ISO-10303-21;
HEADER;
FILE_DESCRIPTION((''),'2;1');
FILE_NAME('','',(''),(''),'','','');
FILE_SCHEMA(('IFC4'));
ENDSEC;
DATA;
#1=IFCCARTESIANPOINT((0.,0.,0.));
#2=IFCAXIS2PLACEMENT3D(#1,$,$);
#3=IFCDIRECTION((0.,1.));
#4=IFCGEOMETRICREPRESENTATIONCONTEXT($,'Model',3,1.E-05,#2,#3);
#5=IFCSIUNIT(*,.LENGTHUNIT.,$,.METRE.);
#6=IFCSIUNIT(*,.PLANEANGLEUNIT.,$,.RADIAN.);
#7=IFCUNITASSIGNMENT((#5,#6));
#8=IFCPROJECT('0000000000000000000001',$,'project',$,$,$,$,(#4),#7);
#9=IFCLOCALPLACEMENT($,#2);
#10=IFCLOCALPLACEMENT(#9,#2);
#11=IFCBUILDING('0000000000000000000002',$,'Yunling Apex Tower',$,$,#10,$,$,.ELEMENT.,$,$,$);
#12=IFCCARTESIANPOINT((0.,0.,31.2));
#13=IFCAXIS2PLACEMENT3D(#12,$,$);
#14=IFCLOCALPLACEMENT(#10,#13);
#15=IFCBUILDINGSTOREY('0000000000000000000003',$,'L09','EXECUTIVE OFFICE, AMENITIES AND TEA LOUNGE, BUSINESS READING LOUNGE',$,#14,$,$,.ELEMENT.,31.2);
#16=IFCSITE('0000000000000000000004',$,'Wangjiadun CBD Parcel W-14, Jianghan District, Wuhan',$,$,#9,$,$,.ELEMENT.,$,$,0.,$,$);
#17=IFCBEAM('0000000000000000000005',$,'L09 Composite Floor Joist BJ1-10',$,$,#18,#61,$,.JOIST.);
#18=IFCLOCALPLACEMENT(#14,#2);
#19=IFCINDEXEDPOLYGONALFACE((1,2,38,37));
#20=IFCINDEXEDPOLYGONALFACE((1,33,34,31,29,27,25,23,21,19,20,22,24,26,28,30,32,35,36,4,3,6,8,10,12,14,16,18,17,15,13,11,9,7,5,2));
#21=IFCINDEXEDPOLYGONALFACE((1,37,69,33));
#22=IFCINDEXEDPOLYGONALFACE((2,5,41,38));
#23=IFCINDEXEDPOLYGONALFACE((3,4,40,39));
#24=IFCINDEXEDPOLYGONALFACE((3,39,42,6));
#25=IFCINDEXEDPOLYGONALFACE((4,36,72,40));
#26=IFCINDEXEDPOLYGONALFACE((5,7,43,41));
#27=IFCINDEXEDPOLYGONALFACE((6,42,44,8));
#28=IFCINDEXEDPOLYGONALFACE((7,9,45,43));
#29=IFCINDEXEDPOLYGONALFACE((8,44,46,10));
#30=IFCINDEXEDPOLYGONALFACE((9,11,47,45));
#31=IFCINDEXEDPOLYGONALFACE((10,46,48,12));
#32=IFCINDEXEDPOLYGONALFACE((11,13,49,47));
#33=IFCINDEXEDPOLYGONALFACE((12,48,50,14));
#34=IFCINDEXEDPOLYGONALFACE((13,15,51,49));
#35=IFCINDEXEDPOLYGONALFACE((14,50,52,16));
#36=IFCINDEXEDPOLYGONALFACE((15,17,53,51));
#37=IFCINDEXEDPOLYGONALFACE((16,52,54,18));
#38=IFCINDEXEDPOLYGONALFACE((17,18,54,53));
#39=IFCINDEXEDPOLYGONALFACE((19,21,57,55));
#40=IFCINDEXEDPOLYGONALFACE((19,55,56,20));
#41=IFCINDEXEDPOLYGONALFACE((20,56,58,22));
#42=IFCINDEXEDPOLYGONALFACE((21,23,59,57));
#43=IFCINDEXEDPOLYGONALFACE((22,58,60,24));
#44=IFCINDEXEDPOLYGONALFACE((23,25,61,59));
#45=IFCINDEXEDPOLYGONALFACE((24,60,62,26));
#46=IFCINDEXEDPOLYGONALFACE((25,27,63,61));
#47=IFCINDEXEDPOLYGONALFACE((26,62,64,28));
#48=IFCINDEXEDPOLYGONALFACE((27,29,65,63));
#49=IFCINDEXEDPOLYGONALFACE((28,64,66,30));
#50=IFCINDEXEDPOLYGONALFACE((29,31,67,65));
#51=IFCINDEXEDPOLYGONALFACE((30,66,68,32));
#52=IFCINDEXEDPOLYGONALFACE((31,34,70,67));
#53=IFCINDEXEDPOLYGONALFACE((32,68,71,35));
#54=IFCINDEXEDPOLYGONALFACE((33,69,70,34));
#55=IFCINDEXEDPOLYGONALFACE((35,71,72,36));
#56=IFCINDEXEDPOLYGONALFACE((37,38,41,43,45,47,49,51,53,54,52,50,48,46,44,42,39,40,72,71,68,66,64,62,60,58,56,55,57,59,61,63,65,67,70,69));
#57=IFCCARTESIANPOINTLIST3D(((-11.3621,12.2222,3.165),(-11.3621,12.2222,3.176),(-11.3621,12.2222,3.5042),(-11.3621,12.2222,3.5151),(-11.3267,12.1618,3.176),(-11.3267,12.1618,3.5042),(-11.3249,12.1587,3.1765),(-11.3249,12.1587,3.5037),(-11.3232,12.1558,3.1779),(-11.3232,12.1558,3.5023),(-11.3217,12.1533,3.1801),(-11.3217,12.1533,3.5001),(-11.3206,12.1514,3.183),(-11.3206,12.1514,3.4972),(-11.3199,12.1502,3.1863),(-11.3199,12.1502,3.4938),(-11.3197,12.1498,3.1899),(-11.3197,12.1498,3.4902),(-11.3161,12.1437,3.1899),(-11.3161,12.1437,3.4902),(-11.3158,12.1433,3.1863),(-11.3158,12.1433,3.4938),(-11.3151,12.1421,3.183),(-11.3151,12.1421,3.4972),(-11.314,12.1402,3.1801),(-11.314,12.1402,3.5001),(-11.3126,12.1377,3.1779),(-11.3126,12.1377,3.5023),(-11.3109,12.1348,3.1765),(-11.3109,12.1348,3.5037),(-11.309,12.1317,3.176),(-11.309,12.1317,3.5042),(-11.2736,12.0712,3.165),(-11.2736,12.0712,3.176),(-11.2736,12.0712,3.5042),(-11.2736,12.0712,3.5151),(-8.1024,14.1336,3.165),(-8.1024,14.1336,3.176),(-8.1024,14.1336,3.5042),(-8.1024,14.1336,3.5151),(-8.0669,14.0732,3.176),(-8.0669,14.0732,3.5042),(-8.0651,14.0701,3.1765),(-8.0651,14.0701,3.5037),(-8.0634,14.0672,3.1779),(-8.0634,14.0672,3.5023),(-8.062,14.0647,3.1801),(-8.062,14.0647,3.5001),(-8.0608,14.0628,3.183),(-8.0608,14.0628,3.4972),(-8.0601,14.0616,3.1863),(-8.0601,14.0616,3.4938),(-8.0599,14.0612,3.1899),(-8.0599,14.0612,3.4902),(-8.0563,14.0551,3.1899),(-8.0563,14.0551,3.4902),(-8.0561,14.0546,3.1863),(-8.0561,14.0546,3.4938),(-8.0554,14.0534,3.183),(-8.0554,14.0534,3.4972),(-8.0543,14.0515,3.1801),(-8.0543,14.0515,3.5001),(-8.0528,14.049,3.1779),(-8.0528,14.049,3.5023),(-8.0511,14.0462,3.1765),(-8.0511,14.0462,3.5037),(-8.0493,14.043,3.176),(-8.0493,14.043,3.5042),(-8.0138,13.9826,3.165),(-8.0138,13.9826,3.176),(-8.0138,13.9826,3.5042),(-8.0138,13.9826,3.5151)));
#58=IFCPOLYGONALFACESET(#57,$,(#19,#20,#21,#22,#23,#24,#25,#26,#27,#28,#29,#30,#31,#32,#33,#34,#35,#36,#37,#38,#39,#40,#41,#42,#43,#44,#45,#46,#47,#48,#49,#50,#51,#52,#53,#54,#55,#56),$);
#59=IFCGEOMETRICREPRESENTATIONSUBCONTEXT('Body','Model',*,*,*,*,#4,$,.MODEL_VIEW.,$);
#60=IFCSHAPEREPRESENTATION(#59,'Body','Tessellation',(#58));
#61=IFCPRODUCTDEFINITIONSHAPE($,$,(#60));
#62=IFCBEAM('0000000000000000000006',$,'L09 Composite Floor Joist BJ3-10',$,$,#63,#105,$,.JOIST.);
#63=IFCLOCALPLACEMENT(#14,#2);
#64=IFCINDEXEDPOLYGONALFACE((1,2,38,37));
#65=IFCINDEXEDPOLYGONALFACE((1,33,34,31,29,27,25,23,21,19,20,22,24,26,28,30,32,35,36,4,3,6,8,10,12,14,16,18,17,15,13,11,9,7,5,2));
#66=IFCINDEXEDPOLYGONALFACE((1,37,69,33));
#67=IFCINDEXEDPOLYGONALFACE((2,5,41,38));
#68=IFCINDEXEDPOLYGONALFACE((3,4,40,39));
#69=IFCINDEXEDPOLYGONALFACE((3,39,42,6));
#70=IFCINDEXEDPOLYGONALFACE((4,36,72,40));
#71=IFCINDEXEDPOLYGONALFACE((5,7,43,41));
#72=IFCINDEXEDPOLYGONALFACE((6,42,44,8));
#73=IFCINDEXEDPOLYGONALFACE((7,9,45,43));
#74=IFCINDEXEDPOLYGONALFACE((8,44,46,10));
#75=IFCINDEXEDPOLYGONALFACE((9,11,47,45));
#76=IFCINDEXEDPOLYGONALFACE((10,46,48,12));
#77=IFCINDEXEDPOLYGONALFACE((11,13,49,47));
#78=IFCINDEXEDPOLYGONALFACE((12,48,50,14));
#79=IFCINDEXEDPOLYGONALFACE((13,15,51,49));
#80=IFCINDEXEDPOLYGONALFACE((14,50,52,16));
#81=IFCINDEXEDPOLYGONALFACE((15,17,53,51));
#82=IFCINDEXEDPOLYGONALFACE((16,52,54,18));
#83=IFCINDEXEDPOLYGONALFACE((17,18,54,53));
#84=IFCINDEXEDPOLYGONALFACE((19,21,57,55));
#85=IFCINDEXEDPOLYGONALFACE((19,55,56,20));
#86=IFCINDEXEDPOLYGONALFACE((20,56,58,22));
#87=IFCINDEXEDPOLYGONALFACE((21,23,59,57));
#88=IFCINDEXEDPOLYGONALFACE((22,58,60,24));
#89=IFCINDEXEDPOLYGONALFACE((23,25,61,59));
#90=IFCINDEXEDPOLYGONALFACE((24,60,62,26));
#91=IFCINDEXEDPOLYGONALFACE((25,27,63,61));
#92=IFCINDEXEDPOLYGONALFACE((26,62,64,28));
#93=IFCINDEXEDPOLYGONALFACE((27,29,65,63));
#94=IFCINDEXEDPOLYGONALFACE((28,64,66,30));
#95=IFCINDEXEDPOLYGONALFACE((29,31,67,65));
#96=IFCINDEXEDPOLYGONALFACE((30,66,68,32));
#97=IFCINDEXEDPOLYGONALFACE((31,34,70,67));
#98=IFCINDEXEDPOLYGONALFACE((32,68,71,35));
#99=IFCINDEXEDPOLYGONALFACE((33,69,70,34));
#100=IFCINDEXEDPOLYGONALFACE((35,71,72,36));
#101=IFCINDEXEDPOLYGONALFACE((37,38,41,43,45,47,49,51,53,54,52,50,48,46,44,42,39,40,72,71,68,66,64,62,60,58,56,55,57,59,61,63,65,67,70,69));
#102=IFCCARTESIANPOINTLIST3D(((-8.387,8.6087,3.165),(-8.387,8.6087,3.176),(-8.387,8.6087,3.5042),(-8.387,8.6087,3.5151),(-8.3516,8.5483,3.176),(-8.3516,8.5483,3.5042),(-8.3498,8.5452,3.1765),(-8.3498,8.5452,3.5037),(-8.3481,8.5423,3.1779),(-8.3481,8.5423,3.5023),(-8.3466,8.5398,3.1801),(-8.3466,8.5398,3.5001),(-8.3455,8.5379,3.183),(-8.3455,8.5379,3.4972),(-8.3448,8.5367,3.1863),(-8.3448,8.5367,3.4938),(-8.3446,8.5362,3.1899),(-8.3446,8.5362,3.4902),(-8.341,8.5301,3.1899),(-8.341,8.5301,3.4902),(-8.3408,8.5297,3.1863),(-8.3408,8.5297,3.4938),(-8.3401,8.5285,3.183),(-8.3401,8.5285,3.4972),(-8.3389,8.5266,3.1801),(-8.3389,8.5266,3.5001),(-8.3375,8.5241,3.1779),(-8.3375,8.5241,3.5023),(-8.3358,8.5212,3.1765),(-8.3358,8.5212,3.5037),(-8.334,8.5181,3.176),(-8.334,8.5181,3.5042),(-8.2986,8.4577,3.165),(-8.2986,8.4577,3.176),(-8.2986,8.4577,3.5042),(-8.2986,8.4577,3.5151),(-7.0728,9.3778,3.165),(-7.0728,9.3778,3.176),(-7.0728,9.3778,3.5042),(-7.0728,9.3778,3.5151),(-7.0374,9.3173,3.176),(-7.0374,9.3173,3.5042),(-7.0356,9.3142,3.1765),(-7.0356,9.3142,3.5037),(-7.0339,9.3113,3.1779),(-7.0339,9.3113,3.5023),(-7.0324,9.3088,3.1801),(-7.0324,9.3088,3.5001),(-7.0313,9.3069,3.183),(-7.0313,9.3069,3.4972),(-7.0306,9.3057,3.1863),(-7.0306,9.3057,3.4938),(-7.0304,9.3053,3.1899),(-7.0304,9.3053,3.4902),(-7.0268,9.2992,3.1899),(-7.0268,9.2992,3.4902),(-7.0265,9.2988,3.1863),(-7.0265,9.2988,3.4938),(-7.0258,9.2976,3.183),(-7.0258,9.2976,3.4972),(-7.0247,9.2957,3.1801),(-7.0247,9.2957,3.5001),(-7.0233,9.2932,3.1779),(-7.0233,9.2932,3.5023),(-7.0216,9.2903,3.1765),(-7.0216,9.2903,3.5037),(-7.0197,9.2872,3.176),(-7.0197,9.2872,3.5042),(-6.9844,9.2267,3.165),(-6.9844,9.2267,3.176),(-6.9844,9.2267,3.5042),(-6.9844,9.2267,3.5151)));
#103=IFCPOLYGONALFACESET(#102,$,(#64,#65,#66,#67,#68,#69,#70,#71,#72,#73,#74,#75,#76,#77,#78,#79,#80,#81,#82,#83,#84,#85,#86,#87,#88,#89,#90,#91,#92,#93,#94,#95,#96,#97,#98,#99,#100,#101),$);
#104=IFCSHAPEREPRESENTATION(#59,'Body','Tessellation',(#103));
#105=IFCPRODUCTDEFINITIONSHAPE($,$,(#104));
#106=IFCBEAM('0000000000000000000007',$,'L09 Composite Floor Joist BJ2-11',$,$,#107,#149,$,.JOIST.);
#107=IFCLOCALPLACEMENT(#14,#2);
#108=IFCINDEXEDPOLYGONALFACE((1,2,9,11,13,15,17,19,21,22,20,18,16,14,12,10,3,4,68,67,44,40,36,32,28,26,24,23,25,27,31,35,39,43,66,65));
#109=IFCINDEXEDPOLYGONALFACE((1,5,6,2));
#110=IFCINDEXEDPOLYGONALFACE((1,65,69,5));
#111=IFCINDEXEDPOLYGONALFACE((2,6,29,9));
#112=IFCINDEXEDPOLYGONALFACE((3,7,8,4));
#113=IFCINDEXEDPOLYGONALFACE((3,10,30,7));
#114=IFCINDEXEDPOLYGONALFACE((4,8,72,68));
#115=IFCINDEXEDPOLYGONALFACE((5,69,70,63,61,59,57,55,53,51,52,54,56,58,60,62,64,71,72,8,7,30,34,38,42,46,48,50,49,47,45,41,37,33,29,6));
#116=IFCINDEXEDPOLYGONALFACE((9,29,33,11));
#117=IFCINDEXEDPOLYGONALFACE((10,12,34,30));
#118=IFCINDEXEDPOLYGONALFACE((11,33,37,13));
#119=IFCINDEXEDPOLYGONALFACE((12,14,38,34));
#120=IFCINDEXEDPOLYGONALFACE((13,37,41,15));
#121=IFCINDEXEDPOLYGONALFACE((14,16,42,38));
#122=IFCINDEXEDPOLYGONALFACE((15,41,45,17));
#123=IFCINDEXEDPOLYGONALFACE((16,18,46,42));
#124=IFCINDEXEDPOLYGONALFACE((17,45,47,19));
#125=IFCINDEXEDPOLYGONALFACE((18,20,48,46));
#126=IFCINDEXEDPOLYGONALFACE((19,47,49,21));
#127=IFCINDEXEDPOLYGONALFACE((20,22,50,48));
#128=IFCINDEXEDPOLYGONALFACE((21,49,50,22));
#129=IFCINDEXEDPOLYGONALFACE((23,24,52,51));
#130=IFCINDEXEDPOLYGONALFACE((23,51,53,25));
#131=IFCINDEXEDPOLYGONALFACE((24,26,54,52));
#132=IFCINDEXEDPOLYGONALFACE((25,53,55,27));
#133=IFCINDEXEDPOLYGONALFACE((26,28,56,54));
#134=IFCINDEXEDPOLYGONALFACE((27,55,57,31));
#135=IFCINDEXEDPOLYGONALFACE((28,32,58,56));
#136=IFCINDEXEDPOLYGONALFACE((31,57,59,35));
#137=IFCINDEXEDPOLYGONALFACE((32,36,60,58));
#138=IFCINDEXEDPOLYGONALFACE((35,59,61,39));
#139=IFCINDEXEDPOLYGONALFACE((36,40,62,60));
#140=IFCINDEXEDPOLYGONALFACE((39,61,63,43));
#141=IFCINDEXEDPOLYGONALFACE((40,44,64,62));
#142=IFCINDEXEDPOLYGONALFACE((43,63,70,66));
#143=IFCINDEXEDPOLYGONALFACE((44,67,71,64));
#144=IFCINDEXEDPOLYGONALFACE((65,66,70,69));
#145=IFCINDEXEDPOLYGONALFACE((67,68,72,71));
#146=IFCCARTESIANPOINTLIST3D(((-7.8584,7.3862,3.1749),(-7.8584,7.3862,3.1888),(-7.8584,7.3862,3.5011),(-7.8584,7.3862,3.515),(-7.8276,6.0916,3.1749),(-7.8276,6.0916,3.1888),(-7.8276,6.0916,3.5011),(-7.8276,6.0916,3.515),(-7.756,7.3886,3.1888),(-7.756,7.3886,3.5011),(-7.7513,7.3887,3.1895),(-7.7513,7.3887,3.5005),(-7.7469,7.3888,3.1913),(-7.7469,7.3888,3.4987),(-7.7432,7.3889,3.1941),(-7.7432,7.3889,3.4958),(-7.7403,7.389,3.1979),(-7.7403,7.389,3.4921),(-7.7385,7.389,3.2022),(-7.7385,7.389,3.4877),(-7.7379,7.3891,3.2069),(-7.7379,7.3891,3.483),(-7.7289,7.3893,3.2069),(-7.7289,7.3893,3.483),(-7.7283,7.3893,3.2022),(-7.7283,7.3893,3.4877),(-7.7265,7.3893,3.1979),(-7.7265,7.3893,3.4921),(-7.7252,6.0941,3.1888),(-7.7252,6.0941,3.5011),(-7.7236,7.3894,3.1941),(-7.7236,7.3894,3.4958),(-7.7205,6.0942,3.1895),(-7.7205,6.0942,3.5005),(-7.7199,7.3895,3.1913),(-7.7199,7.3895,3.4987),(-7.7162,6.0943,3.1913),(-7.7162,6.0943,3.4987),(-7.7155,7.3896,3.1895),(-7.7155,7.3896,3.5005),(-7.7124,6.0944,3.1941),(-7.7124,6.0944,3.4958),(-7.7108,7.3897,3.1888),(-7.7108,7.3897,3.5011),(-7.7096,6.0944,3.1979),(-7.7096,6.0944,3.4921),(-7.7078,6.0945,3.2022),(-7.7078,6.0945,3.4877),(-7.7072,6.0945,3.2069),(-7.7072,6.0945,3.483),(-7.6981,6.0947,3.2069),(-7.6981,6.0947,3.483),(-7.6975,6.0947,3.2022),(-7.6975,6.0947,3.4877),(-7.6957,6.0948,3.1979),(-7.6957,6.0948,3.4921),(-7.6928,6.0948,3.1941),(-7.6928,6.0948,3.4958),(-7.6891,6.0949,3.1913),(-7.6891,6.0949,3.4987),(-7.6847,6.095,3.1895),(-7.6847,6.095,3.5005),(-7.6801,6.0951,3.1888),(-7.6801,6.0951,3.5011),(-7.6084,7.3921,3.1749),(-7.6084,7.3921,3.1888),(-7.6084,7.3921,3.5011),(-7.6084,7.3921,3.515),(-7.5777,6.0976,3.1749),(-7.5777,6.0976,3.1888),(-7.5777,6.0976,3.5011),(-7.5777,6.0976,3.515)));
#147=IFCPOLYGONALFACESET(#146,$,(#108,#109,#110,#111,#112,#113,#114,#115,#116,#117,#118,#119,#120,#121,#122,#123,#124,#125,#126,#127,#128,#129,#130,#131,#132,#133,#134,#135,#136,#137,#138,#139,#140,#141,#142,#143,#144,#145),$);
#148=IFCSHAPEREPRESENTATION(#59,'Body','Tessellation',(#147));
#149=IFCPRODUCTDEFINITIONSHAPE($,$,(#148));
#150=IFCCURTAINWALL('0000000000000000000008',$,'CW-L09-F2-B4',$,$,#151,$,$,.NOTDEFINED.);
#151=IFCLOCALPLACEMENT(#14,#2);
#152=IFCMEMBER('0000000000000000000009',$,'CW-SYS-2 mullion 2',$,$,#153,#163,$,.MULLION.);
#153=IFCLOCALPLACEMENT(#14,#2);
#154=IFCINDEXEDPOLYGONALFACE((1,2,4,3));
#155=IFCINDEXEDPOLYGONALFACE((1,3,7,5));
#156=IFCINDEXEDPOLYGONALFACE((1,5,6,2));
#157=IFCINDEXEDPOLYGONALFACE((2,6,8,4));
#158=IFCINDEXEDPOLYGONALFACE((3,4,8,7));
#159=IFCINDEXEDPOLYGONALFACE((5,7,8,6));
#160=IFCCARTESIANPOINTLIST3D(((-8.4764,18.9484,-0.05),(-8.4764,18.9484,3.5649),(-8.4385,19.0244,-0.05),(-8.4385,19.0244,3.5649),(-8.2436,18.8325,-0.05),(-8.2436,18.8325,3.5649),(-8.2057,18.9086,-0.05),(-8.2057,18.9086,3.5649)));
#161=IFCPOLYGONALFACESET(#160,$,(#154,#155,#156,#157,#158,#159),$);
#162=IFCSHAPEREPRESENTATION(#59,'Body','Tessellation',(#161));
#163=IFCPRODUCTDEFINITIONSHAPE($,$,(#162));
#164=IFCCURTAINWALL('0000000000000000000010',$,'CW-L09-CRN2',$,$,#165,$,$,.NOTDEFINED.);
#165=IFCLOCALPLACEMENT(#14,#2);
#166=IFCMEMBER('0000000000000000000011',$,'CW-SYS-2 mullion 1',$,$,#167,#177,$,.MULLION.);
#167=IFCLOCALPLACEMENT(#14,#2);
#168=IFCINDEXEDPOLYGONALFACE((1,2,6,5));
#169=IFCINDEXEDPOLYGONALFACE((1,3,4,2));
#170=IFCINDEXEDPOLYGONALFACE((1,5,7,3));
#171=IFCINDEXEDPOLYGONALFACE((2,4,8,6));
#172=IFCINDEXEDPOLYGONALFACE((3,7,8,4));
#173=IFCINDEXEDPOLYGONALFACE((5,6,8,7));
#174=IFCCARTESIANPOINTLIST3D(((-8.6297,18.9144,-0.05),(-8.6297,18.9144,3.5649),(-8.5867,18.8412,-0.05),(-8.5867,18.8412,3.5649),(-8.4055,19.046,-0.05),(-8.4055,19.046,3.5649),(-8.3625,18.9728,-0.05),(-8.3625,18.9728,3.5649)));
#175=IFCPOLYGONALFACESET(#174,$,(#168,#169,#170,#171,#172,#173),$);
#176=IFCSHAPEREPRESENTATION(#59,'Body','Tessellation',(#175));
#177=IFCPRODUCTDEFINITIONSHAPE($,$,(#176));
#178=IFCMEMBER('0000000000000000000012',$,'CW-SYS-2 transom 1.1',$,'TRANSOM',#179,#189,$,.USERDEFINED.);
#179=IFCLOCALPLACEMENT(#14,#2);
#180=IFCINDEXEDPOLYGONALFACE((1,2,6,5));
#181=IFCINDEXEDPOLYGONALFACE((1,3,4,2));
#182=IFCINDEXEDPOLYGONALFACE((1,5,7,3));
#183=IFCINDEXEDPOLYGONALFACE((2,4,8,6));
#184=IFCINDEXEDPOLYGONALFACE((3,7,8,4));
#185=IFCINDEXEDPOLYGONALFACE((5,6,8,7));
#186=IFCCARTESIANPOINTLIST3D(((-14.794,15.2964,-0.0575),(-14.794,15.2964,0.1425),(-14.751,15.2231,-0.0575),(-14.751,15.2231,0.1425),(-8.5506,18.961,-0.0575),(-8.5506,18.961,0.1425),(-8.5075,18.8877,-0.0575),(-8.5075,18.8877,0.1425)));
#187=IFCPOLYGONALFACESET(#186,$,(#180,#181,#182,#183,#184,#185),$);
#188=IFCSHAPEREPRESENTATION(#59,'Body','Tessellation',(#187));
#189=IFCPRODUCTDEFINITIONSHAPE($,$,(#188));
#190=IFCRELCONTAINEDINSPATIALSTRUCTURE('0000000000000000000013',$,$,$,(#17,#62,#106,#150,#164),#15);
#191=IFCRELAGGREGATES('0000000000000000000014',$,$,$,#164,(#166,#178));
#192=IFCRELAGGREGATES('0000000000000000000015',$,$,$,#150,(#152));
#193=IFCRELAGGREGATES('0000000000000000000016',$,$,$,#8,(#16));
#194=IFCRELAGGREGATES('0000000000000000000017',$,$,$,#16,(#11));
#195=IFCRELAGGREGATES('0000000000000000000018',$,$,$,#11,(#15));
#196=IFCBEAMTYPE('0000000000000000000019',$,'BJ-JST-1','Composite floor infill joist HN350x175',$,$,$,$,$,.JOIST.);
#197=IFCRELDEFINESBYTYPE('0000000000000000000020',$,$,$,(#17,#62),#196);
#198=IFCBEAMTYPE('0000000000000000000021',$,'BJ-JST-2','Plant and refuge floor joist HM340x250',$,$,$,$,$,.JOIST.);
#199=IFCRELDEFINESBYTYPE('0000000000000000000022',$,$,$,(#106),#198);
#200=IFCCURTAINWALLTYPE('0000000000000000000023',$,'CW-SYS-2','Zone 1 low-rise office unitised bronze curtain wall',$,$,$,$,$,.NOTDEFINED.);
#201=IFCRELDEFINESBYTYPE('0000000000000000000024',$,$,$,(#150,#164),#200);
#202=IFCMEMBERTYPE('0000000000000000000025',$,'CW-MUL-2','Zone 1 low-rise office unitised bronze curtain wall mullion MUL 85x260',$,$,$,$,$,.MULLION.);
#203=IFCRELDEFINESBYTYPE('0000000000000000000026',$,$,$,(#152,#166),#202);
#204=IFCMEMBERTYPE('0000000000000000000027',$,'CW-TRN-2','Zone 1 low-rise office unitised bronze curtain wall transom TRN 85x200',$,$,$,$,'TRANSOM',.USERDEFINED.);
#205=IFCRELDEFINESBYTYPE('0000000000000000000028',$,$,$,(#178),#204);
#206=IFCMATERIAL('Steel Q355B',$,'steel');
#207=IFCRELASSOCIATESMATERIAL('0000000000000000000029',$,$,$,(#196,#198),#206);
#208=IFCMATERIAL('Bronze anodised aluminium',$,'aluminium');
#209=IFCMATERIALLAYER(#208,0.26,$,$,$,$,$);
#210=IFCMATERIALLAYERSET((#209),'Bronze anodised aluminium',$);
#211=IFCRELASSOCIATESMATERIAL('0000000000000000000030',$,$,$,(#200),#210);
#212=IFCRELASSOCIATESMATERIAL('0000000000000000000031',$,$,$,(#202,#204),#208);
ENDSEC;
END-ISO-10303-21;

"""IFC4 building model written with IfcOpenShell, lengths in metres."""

from ifc_helpers import new_model, si_unit, direction, frame, origin, origin_2d, place, context, subcontext, project, spatial, rectangle, i_section, extrude, source, transform, mapped, material, layer, layer_set, material_profile, profile_set, type_object, element, aggregate, save


model = new_model("IFC4")

# Units and contexts
model_context = context("Model", 3, precision=1e-05, world=origin(), true_north=direction((0.0, 1.0)))
body_context = subcontext(model_context, "Body", "Model", "MODEL_VIEW")
ifc_project = project(units=[si_unit("LENGTHUNIT", "METRE"), si_unit("PLANEANGLEUNIT", "RADIAN")], contexts=[model_context])

# Site, building, storey
site_placement = place(None, origin())
site = spatial("IfcSite", under=ifc_project, at=site_placement, Name="Wangjiadun CBD Parcel W-14, Jianghan District, Wuhan", CompositionType="ELEMENT", RefElevation=0.0)
building_placement = place(site_placement, origin())
building = spatial("IfcBuilding", under=site, at=building_placement, Name="Yunling Apex Tower", CompositionType="ELEMENT")
storey_placement = place(building_placement, frame((0.0, 0.0, 31.2)))
storey = spatial("IfcBuildingStorey", under=building, at=storey_placement, Name="L09", Description="EXECUTIVE OFFICE, AMENITIES AND TEA LOUNGE, BUSINESS READING LOUNGE", CompositionType="ELEMENT", Elevation=31.2)

# Beams
ifc_material_1 = material(Name="Steel Q355B", Category="steel")
ifc_material_profile_1 = material_profile(ifc_material_1, i_section(OverallWidth=0.175, OverallDepth=0.3501, WebThickness=0.0071, FlangeThickness=0.011, FilletRadius=0.0139, at=origin_2d()))
ifc_profile_set_1 = profile_set([ifc_material_profile_1], Name="Steel Q355B")
beam_type_1 = type_object("IfcBeamType", Name="BJ-JST-1", Description="Composite floor infill joist HN350x175", PredefinedType="JOIST", material=ifc_profile_set_1)
ifc_material_profile_2 = material_profile(ifc_material_1, i_section(OverallWidth=0.25, OverallDepth=0.3401, WebThickness=0.009, FlangeThickness=0.0139, FilletRadius=0.0181, at=origin_2d()))
ifc_profile_set_2 = profile_set([ifc_material_profile_2], Name="Steel Q355B")
beam_type_2 = type_object("IfcBeamType", Name="BJ-JST-2", Description="Plant and refuge floor joist HM340x250", PredefinedType="JOIST", material=ifc_profile_set_2)
shared_shape_1 = source(origin(), body_context, "Body", "SweptSolid", [
    extrude(i_section(OverallWidth=0.175, OverallDepth=0.3501, WebThickness=0.0071, FlangeThickness=0.011, FilletRadius=0.0139, at=origin_2d()), origin(), (0.0, 0.0, 1.0), 3.7788),
])
beam_1_placement = place(storey_placement, frame((-8.0581, 14.0581, 3.3401), z_axis=(-0.862643, -0.505814, 0.0), x_axis=(0.505814, -0.862643, 0.0)))
element("IfcBeam", 1, at=beam_1_placement, inside=storey, type_object=beam_type_1, Name="L09 Composite Floor Joist BJ1-10", PredefinedType="JOIST", context=body_context, shape_type="MappedRepresentation", body=[
    mapped(shared_shape_1, transform((0.0, 0.0, 0.0), scale=1.0)),
])
shared_shape_2 = source(origin(), body_context, "Body", "SweptSolid", [
    extrude(i_section(OverallWidth=0.175, OverallDepth=0.3501, WebThickness=0.0071, FlangeThickness=0.011, FilletRadius=0.0139, at=origin_2d()), origin(), (0.0, 0.0, 1.0), 1.5227),
])
beam_2_placement = place(storey_placement, frame((-7.0286, 9.3022, 3.3401), z_axis=(-0.863086, -0.505057, 0.0), x_axis=(0.505057, -0.863086, 0.0)))
element("IfcBeam", 2, at=beam_2_placement, inside=storey, type_object=beam_type_1, Name="L09 Composite Floor Joist BJ3-10", PredefinedType="JOIST", context=body_context, shape_type="MappedRepresentation", body=[
    mapped(shared_shape_2, transform((0.0, 0.0, 0.0), scale=1.0)),
])
shared_shape_3 = source(origin(), body_context, "Body", "SweptSolid", [
    extrude(i_section(OverallWidth=0.25, OverallDepth=0.3401, WebThickness=0.009, FlangeThickness=0.0139, FilletRadius=0.0181, at=origin_2d()), origin(), (0.0, 0.0, 1.0), 1.2949),
])
beam_3_placement = place(storey_placement, frame((-7.7334, 7.3892, 3.345), z_axis=(0.023753, -0.999718, 0.0), x_axis=(0.999718, 0.023753, 0.0)))
element("IfcBeam", 3, at=beam_3_placement, inside=storey, type_object=beam_type_2, Name="L09 Composite Floor Joist BJ2-11", PredefinedType="JOIST", context=body_context, shape_type="MappedRepresentation", body=[
    mapped(shared_shape_3, transform((0.0, 0.0, 0.0), scale=1.0)),
])

# Curtain wall, member
ifc_material_2 = material(Name="Bronze anodised aluminium", Category="aluminium")
ifc_layer_1 = layer(ifc_material_2, 0.26)
ifc_layer_set_1 = layer_set([ifc_layer_1], Name="Bronze anodised aluminium")
curtain_wall_type = type_object("IfcCurtainWallType", Name="CW-SYS-2", Description="Zone 1 low-rise office unitised bronze curtain wall", PredefinedType="NOTDEFINED", material=ifc_layer_set_1)
curtain_wall_1_placement = place(storey_placement, origin())
curtain_wall_1 = element("IfcCurtainWall", 4, at=curtain_wall_1_placement, inside=storey, type_object=curtain_wall_type, Name="CW-L09-F2-B4", PredefinedType="NOTDEFINED")
ifc_material_profile_3 = material_profile(ifc_material_2, rectangle(XDim=0.085, YDim=0.26, at=origin_2d()))
ifc_profile_set_3 = profile_set([ifc_material_profile_3], Name="Bronze anodised aluminium")
member_type_1 = type_object("IfcMemberType", Name="CW-MUL-2", Description="Zone 1 low-rise office unitised bronze curtain wall mullion MUL 85x260", PredefinedType="MULLION", material=ifc_profile_set_3)
shared_shape_4 = source(origin(), body_context, "Body", "SweptSolid", [
    extrude(rectangle(XDim=0.085, YDim=0.26, at=origin_2d()), origin(), (0.0, 0.0, 1.0), 3.615),
])
member_1_placement = place(storey_placement, frame((-8.3411, 18.9285, -0.05), z_axis=(0.0, 0.0, 1.0), x_axis=(-0.445571, -0.895247, 0.0)))
member_1 = element("IfcMember", 5, at=member_1_placement, type_object=member_type_1, Name="CW-SYS-2 mullion 2", PredefinedType="MULLION", context=body_context, shape_type="MappedRepresentation", body=[
    mapped(shared_shape_4, transform((0.0, 0.0, 0.0), scale=1.0)),
])

# Curtain wall, members
curtain_wall_2_placement = place(storey_placement, origin())
curtain_wall_2 = element("IfcCurtainWall", 6, at=curtain_wall_2_placement, inside=storey, type_object=curtain_wall_type, Name="CW-L09-CRN2", PredefinedType="NOTDEFINED")
member_2_placement = place(storey_placement, frame((-8.4961, 18.9436, -0.05), z_axis=(0.0, 0.0, 1.0), x_axis=(0.506196, -0.862419, 0.0)))
member_2 = element("IfcMember", 7, at=member_2_placement, type_object=member_type_1, Name="CW-SYS-2 mullion 1", PredefinedType="MULLION", context=body_context, shape_type="MappedRepresentation", body=[
    mapped(shared_shape_4, transform((0.0, 0.0, 0.0), scale=1.0)),
])
ifc_material_profile_4 = material_profile(ifc_material_2, rectangle(XDim=0.085, YDim=0.2, at=origin_2d()))
ifc_profile_set_4 = profile_set([ifc_material_profile_4], Name="Bronze anodised aluminium")
member_type_2 = type_object("IfcMemberType", Name="CW-TRN-2", Description="Zone 1 low-rise office unitised bronze curtain wall transom TRN 85x200", ElementType="TRANSOM", PredefinedType="USERDEFINED", material=ifc_profile_set_4)
shared_shape_5 = source(origin(), body_context, "Body", "SweptSolid", [
    extrude(rectangle(XDim=0.085, YDim=0.2, at=origin_2d()), origin(), (0.0, 0.0, 1.0), 7.2395),
])
member_3_placement = place(storey_placement, frame((-8.5291, 18.9243, 0.0425), z_axis=(-0.862419, -0.506195, 0.0), x_axis=(0.506195, -0.862419, 0.0)))
member_3 = element("IfcMember", 8, at=member_3_placement, type_object=member_type_2, Name="CW-SYS-2 transom 1.1", ObjectType="TRANSOM", PredefinedType="USERDEFINED", context=body_context, shape_type="MappedRepresentation", body=[
    mapped(shared_shape_5, transform((0.0, 0.0, 0.0), scale=1.0)),
])
aggregate(curtain_wall_2, [member_2, member_3])

aggregate(curtain_wall_1, [member_1])

save(model, "model.ifc")
